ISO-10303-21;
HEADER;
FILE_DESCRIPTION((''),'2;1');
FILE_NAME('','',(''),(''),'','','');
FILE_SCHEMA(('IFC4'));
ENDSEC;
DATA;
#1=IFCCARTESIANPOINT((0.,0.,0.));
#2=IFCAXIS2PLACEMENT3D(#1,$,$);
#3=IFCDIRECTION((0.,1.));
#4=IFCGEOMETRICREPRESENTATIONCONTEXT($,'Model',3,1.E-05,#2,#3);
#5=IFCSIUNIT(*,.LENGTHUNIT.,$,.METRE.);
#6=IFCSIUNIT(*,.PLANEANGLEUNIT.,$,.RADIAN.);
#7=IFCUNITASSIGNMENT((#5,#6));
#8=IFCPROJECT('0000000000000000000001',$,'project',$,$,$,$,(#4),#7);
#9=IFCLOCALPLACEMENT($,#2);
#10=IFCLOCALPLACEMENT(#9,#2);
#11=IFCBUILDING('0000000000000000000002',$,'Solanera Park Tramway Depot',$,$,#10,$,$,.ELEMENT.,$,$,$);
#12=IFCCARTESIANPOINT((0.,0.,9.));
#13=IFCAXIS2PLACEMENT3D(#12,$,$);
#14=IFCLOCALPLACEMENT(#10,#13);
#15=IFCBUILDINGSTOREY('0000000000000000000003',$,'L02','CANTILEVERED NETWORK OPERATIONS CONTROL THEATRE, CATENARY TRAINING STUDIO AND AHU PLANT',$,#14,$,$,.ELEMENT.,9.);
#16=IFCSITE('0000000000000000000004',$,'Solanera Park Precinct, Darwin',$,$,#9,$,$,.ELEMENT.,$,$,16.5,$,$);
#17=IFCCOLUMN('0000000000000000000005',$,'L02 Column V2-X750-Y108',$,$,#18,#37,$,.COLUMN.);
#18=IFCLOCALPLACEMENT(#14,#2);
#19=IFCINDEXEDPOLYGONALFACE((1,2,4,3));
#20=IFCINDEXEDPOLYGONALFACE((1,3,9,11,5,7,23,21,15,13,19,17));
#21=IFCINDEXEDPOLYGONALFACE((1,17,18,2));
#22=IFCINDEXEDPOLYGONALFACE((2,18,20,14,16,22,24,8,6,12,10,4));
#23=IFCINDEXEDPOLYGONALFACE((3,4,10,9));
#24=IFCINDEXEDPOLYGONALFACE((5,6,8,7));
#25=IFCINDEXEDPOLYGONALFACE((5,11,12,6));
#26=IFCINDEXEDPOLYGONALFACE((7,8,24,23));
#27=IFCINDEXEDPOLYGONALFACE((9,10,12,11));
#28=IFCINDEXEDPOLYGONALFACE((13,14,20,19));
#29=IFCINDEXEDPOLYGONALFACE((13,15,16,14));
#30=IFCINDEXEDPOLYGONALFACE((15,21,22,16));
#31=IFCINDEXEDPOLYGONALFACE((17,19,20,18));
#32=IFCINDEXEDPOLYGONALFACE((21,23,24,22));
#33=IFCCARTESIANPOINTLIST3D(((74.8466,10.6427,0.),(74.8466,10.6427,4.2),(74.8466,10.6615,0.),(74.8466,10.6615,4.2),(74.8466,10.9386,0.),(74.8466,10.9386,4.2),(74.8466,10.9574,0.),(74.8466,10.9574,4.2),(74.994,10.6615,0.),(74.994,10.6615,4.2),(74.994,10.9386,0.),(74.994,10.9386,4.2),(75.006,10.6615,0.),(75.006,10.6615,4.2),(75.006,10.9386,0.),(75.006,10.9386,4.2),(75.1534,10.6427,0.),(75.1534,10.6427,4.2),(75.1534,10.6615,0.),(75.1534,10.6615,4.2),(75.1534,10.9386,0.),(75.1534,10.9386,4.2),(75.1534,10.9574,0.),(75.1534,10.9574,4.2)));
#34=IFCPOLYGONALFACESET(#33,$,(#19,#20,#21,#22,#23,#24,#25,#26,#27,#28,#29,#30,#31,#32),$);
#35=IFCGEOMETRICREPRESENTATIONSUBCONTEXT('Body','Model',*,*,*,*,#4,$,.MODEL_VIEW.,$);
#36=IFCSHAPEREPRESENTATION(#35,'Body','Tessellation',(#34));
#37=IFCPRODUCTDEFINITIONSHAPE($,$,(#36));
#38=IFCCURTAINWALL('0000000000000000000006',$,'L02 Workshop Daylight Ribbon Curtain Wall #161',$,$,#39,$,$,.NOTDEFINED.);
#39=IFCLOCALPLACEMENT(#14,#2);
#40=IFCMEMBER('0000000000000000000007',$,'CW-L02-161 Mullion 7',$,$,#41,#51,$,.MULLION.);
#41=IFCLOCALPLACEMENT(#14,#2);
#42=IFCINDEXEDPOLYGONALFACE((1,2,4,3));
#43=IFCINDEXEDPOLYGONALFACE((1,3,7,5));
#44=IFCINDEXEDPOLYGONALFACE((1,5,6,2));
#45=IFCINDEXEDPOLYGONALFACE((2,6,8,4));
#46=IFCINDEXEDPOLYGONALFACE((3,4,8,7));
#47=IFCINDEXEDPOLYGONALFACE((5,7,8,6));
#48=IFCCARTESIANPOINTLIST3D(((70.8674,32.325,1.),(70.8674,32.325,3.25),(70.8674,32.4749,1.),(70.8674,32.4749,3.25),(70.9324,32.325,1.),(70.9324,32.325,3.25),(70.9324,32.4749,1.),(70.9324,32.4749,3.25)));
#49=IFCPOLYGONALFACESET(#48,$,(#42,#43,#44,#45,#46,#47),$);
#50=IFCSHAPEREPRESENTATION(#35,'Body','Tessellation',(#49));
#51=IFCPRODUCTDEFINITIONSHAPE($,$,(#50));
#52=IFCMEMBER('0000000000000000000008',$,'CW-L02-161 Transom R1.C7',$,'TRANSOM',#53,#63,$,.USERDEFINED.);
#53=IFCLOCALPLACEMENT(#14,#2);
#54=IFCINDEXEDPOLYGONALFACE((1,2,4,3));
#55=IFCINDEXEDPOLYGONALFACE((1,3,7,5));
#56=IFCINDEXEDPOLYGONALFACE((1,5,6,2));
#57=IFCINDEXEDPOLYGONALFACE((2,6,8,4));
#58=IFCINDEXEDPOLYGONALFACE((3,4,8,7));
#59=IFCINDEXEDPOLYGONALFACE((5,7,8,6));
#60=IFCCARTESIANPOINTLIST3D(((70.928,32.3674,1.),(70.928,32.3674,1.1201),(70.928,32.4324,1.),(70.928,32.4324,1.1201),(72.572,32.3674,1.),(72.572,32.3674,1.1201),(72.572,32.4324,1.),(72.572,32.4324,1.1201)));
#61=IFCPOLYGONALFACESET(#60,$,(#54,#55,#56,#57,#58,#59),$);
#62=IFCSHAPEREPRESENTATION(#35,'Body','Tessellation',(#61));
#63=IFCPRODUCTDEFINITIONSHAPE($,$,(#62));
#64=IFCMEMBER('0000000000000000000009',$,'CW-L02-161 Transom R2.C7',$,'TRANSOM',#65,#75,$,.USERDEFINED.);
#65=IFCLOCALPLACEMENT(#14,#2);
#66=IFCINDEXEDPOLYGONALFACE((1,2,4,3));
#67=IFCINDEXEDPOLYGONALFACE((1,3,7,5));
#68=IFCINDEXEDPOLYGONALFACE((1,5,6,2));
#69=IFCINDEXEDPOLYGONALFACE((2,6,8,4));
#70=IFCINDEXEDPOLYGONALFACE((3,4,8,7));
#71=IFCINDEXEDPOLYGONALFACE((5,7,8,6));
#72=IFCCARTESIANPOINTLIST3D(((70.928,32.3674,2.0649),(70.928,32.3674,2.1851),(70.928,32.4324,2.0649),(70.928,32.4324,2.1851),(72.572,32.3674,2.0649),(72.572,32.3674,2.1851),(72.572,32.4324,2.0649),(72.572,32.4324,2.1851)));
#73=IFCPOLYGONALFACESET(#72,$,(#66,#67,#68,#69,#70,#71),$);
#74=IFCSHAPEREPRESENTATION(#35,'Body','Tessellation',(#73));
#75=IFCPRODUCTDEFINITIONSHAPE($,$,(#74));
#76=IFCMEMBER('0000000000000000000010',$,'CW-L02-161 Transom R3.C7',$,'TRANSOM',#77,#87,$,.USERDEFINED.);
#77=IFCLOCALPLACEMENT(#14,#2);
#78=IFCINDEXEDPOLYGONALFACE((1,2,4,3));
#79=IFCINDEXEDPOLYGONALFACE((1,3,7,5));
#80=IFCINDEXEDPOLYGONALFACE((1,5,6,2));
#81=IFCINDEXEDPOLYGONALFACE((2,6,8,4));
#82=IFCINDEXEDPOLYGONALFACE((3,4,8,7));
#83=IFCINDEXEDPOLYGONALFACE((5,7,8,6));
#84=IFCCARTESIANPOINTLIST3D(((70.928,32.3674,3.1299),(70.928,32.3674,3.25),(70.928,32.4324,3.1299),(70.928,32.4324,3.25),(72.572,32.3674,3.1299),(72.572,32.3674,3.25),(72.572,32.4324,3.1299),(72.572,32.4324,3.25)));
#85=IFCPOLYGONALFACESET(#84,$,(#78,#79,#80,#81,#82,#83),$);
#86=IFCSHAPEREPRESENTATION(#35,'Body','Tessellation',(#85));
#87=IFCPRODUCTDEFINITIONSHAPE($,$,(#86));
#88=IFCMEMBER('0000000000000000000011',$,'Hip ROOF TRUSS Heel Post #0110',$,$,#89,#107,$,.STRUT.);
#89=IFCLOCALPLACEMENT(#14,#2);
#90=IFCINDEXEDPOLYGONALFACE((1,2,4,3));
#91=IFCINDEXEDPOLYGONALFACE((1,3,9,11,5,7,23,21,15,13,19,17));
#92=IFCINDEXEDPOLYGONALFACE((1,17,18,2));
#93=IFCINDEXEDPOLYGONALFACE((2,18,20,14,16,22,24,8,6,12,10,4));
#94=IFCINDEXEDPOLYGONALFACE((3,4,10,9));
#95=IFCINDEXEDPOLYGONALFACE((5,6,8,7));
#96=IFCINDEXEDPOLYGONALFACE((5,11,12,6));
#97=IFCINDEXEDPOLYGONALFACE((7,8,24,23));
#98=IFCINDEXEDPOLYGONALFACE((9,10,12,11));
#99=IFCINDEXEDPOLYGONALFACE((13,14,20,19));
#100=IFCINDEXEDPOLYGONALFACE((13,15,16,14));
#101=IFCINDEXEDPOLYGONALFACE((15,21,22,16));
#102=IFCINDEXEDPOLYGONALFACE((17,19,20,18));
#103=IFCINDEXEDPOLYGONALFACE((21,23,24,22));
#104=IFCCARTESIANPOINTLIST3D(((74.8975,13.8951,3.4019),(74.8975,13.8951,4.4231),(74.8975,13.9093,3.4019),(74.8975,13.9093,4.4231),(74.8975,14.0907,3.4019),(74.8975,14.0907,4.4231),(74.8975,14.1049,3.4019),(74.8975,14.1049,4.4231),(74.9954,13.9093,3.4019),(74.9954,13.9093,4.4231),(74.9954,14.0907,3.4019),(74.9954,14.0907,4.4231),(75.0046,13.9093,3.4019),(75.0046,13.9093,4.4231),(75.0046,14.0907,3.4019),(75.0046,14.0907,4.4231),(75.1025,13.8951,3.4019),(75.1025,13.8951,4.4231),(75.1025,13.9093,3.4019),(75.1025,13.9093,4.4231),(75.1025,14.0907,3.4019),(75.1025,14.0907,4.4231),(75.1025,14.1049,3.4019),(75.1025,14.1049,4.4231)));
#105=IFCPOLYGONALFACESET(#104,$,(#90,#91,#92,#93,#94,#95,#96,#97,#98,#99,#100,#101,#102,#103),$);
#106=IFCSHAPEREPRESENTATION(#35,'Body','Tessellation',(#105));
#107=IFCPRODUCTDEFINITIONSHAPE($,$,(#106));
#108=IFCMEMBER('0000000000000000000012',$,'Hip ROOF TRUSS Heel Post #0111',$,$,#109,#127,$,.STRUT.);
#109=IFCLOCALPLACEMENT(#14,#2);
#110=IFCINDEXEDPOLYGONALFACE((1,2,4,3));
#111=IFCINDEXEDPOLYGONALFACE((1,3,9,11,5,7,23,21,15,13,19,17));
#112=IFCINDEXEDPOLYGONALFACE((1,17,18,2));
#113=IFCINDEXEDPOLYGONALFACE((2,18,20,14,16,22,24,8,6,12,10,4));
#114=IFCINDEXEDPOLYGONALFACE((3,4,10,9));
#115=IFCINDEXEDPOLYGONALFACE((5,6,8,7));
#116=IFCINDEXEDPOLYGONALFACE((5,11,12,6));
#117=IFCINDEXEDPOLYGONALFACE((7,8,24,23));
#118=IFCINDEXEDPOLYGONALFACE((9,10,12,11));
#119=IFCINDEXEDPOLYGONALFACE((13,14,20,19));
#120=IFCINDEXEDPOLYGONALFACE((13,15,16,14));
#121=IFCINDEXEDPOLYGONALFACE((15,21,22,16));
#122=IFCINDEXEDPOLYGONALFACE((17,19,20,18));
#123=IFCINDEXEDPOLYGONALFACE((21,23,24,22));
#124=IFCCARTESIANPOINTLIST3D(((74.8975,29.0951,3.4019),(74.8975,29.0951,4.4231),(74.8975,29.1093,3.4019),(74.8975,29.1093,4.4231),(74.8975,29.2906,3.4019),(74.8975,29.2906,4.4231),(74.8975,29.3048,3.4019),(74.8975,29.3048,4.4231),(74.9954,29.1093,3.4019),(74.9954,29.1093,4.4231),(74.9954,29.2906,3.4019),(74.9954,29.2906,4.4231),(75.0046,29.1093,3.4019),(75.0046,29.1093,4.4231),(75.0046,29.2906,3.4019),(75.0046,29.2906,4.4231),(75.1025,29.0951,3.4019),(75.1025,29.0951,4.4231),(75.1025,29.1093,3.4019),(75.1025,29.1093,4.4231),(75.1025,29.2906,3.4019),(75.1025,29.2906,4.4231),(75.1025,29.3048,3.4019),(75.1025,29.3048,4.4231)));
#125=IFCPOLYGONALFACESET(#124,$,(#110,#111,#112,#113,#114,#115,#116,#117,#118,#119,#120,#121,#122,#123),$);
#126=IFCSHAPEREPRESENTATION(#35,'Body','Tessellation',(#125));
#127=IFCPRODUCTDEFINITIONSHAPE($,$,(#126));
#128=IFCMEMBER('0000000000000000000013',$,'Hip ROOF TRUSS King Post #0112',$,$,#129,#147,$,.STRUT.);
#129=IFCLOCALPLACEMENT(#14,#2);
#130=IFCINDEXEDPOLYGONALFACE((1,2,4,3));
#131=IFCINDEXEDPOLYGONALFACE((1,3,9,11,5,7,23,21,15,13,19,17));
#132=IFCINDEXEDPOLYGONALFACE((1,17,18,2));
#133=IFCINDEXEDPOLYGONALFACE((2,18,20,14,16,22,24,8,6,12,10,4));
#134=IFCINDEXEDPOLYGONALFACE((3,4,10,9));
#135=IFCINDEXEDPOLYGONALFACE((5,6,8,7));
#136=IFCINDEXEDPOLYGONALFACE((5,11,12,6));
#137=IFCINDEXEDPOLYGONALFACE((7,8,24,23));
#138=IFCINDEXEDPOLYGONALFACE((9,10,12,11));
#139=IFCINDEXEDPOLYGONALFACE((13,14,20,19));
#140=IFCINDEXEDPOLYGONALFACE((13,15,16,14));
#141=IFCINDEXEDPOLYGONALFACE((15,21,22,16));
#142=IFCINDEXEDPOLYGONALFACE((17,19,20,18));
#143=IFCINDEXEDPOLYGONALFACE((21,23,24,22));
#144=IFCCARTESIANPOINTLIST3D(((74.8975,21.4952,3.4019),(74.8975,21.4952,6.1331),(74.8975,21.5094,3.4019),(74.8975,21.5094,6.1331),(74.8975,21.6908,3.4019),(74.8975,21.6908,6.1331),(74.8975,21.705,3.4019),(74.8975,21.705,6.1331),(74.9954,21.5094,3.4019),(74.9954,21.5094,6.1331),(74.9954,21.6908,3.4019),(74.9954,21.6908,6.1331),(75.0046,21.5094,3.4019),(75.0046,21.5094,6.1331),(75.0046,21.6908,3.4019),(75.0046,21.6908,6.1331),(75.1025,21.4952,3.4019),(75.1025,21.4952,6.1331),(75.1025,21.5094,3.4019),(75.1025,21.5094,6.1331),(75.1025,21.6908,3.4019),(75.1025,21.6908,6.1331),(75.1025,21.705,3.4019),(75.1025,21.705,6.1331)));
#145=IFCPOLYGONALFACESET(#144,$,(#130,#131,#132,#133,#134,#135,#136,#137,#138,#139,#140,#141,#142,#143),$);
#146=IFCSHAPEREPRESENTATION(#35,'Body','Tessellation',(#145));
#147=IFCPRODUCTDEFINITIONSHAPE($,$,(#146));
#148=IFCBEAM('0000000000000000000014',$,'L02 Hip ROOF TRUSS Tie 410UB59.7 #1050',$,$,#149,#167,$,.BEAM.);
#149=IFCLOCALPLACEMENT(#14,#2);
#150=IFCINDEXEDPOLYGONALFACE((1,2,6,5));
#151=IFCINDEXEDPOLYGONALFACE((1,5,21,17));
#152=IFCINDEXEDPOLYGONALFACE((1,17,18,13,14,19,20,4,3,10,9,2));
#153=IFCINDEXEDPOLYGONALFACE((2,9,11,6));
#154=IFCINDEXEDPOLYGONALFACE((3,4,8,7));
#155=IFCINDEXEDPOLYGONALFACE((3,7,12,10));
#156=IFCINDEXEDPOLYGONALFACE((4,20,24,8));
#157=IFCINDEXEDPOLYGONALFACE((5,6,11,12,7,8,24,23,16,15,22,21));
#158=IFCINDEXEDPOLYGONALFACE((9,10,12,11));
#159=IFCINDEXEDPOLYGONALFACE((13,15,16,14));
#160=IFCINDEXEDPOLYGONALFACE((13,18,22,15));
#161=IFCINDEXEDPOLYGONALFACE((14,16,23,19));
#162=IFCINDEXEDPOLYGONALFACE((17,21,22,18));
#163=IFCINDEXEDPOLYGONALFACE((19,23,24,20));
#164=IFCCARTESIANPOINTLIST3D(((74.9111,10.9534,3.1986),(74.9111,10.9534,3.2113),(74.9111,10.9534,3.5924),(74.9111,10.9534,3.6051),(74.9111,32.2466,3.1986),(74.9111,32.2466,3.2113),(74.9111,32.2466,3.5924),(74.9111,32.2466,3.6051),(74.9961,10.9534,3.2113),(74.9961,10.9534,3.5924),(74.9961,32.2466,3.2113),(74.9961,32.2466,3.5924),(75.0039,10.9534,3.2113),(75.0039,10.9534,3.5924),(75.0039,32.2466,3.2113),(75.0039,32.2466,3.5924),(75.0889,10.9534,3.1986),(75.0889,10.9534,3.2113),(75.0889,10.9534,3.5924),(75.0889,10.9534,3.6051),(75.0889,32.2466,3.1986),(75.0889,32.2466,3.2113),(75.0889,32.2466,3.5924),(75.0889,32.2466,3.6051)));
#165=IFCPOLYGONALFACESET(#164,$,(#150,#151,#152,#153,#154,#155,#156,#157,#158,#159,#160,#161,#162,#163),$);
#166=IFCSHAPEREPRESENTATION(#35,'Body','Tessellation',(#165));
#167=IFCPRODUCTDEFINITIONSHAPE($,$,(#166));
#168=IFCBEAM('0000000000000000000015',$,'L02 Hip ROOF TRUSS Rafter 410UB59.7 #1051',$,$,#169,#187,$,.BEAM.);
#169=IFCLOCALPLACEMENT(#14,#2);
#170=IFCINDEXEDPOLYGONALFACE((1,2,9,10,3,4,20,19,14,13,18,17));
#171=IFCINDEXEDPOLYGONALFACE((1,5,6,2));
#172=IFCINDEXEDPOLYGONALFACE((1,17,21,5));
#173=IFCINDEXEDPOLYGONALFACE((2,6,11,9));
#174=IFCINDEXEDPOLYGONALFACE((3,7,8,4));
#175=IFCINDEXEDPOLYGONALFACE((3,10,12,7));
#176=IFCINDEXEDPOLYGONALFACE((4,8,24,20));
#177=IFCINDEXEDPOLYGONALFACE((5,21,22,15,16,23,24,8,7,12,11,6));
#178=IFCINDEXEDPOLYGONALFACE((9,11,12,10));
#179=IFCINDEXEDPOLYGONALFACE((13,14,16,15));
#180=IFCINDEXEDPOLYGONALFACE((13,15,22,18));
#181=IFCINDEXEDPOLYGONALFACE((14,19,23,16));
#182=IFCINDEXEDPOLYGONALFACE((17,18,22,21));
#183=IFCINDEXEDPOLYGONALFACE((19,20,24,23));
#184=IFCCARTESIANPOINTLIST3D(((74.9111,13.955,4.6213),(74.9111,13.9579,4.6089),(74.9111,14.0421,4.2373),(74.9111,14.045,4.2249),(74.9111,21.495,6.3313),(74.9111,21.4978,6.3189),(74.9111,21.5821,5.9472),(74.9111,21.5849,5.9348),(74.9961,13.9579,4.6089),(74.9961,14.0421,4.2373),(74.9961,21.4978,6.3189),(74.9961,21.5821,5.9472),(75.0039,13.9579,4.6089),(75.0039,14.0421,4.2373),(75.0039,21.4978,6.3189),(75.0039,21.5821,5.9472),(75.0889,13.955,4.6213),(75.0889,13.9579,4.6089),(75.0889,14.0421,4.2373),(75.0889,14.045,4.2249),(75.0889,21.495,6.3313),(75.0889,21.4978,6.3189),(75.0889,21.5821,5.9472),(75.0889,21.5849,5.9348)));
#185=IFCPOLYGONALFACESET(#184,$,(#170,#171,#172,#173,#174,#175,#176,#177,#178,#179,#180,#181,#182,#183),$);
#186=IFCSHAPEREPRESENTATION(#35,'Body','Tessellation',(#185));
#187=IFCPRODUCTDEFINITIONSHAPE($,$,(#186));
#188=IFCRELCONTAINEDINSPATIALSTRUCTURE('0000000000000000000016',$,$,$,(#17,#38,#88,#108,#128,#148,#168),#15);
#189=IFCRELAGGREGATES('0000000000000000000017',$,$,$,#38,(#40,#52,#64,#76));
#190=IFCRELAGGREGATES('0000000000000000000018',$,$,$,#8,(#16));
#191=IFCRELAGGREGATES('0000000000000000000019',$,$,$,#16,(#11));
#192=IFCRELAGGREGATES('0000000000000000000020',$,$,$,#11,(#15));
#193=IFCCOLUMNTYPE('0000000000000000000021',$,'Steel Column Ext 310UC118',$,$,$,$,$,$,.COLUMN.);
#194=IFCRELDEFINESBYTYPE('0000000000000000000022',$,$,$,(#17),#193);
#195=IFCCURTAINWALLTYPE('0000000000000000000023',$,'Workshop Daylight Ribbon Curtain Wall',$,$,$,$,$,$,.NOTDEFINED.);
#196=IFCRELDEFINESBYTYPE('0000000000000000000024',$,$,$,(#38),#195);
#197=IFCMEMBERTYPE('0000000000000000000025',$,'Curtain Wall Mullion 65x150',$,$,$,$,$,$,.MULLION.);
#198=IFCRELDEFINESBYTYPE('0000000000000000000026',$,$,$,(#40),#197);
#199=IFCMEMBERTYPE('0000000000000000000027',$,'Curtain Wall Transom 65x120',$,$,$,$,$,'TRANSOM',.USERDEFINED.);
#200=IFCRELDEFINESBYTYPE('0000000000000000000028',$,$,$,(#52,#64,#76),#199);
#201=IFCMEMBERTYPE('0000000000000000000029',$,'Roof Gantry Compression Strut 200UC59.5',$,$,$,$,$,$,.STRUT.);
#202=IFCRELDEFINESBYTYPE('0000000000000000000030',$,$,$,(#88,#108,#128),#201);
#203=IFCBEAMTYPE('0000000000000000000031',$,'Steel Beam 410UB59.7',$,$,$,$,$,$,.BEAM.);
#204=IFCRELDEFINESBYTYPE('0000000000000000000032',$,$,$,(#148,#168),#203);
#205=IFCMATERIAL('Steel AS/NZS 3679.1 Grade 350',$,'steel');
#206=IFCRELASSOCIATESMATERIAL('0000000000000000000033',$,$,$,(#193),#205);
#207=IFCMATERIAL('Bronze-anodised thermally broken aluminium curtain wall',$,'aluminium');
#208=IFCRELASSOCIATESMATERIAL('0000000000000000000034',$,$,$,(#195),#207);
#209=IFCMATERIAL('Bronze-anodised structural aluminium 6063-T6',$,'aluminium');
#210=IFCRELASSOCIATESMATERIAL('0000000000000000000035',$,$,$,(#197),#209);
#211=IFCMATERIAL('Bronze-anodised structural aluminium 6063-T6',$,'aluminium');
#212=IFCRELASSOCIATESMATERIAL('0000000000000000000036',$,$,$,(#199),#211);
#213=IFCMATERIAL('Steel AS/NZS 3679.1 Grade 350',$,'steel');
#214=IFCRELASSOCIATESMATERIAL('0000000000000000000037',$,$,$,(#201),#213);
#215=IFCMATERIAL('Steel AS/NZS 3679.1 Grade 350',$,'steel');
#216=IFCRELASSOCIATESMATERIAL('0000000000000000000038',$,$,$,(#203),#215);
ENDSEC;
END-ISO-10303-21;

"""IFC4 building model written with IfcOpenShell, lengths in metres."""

from ifc_helpers import new_model, si_unit, direction, frame, origin, origin_2d, place, context, subcontext, project, spatial, rectangle, i_section, extrude, material, material_profile, profile_set, type_object, element, aggregate, save


model = new_model("IFC4")

# Units and contexts
model_context = context("Model", 3, precision=1e-05, world=origin(), true_north=direction((0.0, 1.0)))
body_context = subcontext(model_context, "Body", "Model", "MODEL_VIEW")
ifc_project = project(units=[si_unit("LENGTHUNIT", "METRE"), si_unit("PLANEANGLEUNIT", "RADIAN")], contexts=[model_context])

# Site, building, storey
site_placement = place(None, origin())
site = spatial("IfcSite", under=ifc_project, at=site_placement, Name="Solanera Park Precinct, Darwin", CompositionType="ELEMENT", RefElevation=16.5)
building_placement = place(site_placement, origin())
building = spatial("IfcBuilding", under=site, at=building_placement, Name="Solanera Park Tramway Depot", CompositionType="ELEMENT")
storey_placement = place(building_placement, frame((0.0, 0.0, 9.0)))
storey = spatial("IfcBuildingStorey", under=building, at=storey_placement, Name="L02", Description="CANTILEVERED NETWORK OPERATIONS CONTROL THEATRE, CATENARY TRAINING STUDIO AND AHU PLANT", CompositionType="ELEMENT", Elevation=9.0)

# Column
ifc_material_1 = material(Name="Steel AS/NZS 3679.1 Grade 350", Category="steel")
ifc_material_profile_1 = material_profile(ifc_material_1, i_section(OverallWidth=0.3069, OverallDepth=0.3147, WebThickness=0.012, FlangeThickness=0.0188, at=origin_2d()), Name="310UC118")
ifc_profile_set_1 = profile_set([ifc_material_profile_1], Name="Steel AS/NZS 3679.1 Grade 350")
column_type = type_object("IfcColumnType", Name="Steel Column Ext 310UC118", PredefinedType="COLUMN", material=ifc_profile_set_1)
column_placement = place(storey_placement, frame((75.0, 10.8, 0.0), z_axis=(0.0, 0.0, 1.0), x_axis=(1.0, 0.0, 0.0)))
element("IfcColumn", 1, at=column_placement, inside=storey, type_object=column_type, Name="L02 Column V2-X750-Y108", PredefinedType="COLUMN", context=body_context, shape_type="SweptSolid", body=[
    extrude(i_section(OverallWidth=0.3069, OverallDepth=0.3147, WebThickness=0.012, FlangeThickness=0.0188, at=origin_2d()), origin(), (0.0, 0.0, 1.0), 4.2),
])

# Curtain wall, members
ifc_material_2 = material(Name="Bronze-anodised thermally broken aluminium curtain wall", Category="aluminium")
curtain_wall_type = type_object("IfcCurtainWallType", Name="Workshop Daylight Ribbon Curtain Wall", PredefinedType="NOTDEFINED", material=ifc_material_2)
curtain_wall_placement = place(storey_placement, origin())
curtain_wall = element("IfcCurtainWall", 2, at=curtain_wall_placement, inside=storey, type_object=curtain_wall_type, Name="L02 Workshop Daylight Ribbon Curtain Wall #161", PredefinedType="NOTDEFINED")
ifc_material_3 = material(Name="Bronze-anodised structural aluminium 6063-T6", Category="aluminium")
ifc_material_profile_2 = material_profile(ifc_material_3, rectangle(XDim=0.0649, YDim=0.1499, at=origin_2d()), Name="Curtain Wall Mullion 65x150")
ifc_profile_set_2 = profile_set([ifc_material_profile_2], Name="Bronze-anodised structural aluminium 6063-T6")
member_type_1 = type_object("IfcMemberType", Name="Curtain Wall Mullion 65x150", PredefinedType="MULLION", material=ifc_profile_set_2)
member_1_placement = place(storey_placement, frame((70.8999, 32.3999, 1.0), z_axis=(0.0, 0.0, 1.0), x_axis=(1.0, 0.0, 0.0)))
member_1 = element("IfcMember", 3, at=member_1_placement, type_object=member_type_1, Name="CW-L02-161 Mullion 7", PredefinedType="MULLION", context=body_context, shape_type="SweptSolid", body=[
    extrude(rectangle(XDim=0.0649, YDim=0.1499, at=origin_2d()), origin(), (0.0, 0.0, 1.0), 2.25),
])
ifc_material_4 = material(Name="Bronze-anodised structural aluminium 6063-T6", Category="aluminium")
ifc_material_profile_3 = material_profile(ifc_material_4, rectangle(XDim=0.0649, YDim=0.1201, at=origin_2d()), Name="Curtain Wall Transom 65x120")
ifc_profile_set_3 = profile_set([ifc_material_profile_3], Name="Bronze-anodised structural aluminium 6063-T6")
member_type_2 = type_object("IfcMemberType", Name="Curtain Wall Transom 65x120", ElementType="TRANSOM", PredefinedType="USERDEFINED", material=ifc_profile_set_3)
member_2_placement = place(storey_placement, frame((70.928, 32.3999, 1.0601), z_axis=(1.0, 0.0, 0.0), x_axis=(0.0, 1.0, 0.0)))
member_2 = element("IfcMember", 4, at=member_2_placement, type_object=member_type_2, Name="CW-L02-161 Transom R1.C7", ObjectType="TRANSOM", PredefinedType="USERDEFINED", context=body_context, shape_type="SweptSolid", body=[
    extrude(rectangle(XDim=0.0649, YDim=0.1201, at=origin_2d()), origin(), (0.0, 0.0, 1.0), 1.644),
])
member_3_placement = place(storey_placement, frame((70.928, 32.3999, 2.125), z_axis=(1.0, 0.0, 0.0), x_axis=(0.0, 1.0, 0.0)))
member_3 = element("IfcMember", 5, at=member_3_placement, type_object=member_type_2, Name="CW-L02-161 Transom R2.C7", ObjectType="TRANSOM", PredefinedType="USERDEFINED", context=body_context, shape_type="SweptSolid", body=[
    extrude(rectangle(XDim=0.0649, YDim=0.1201, at=origin_2d()), origin(), (0.0, 0.0, 1.0), 1.644),
])
member_4_placement = place(storey_placement, frame((70.928, 32.3999, 3.1899), z_axis=(1.0, 0.0, 0.0), x_axis=(0.0, 1.0, 0.0)))
member_4 = element("IfcMember", 6, at=member_4_placement, type_object=member_type_2, Name="CW-L02-161 Transom R3.C7", ObjectType="TRANSOM", PredefinedType="USERDEFINED", context=body_context, shape_type="SweptSolid", body=[
    extrude(rectangle(XDim=0.0649, YDim=0.1201, at=origin_2d()), origin(), (0.0, 0.0, 1.0), 1.644),
])

# Members
ifc_material_5 = material(Name="Steel AS/NZS 3679.1 Grade 350", Category="steel")
ifc_material_profile_4 = material_profile(ifc_material_5, i_section(OverallWidth=0.2051, OverallDepth=0.2097, WebThickness=0.0093, FlangeThickness=0.0142, at=origin_2d()), Name="200UC59.5")
ifc_profile_set_4 = profile_set([ifc_material_profile_4], Name="Steel AS/NZS 3679.1 Grade 350")
member_type_3 = type_object("IfcMemberType", Name="Roof Gantry Compression Strut 200UC59.5", PredefinedType="STRUT", material=ifc_profile_set_4)
for number, where, z_axis, x_axis, name in (
    (7, (75.0, 14.0, 3.4019), (0.0, 0.0, 1.0), (1.0, 0.0, 0.0), "Hip ROOF TRUSS Heel Post #0110"),
    (8, (75.0, 29.2, 3.4019), (0.0, 0.0, 1.0), (1.0, 0.0, 0.0), "Hip ROOF TRUSS Heel Post #0111"),
):
    element("IfcMember", number, at=place(storey_placement, frame(where, z_axis=z_axis, x_axis=x_axis)), inside=storey, type_object=member_type_3, Name=name, PredefinedType="STRUT", context=body_context, shape_type="SweptSolid", body=[
        extrude(i_section(OverallWidth=0.2051, OverallDepth=0.2097, WebThickness=0.0093, FlangeThickness=0.0142, at=origin_2d()), origin(), (0.0, 0.0, 1.0), 1.0212),
    ])
member_5_placement = place(storey_placement, frame((75.0, 21.6001, 3.4019), z_axis=(0.0, 0.0, 1.0), x_axis=(1.0, 0.0, 0.0)))
element("IfcMember", 9, at=member_5_placement, inside=storey, type_object=member_type_3, Name="Hip ROOF TRUSS King Post #0112", PredefinedType="STRUT", context=body_context, shape_type="SweptSolid", body=[
    extrude(i_section(OverallWidth=0.2051, OverallDepth=0.2097, WebThickness=0.0093, FlangeThickness=0.0142, at=origin_2d()), origin(), (0.0, 0.0, 1.0), 2.7312),
])

# Beams
ifc_material_6 = material(Name="Steel AS/NZS 3679.1 Grade 350", Category="steel")
ifc_material_profile_5 = material_profile(ifc_material_6, i_section(OverallWidth=0.1777, OverallDepth=0.4065, WebThickness=0.0078, FlangeThickness=0.0127, at=origin_2d()), Name="410UB59.7")
ifc_profile_set_5 = profile_set([ifc_material_profile_5], Name="Steel AS/NZS 3679.1 Grade 350")
beam_type_1 = type_object("IfcBeamType", Name="Steel Beam 410UB59.7", PredefinedType="BEAM", material=ifc_profile_set_5)
beam_1_placement = place(storey_placement, frame((75.0, 10.9534, 3.4019), z_axis=(0.0, 1.0, 0.0), x_axis=(-1.0, 0.0, 0.0)))
element("IfcBeam", 10, at=beam_1_placement, inside=storey, type_object=beam_type_1, Name="L02 Hip ROOF TRUSS Tie 410UB59.7 #1050", PredefinedType="BEAM", context=body_context, shape_type="SweptSolid", body=[
    extrude(i_section(OverallWidth=0.1777, OverallDepth=0.4065, WebThickness=0.0078, FlangeThickness=0.0127, at=origin_2d()), origin(), (0.0, 0.0, 1.0), 21.2932),
])
for number, where, z_axis, x_axis, name in (
    (11, (75.0, 14.0, 4.4231), (0.0, 0.975236, 0.221168), (-1.0, 0.0, 0.0), "L02 Hip ROOF TRUSS Rafter 410UB59.7 #1051"),
):
    element("IfcBeam", number, at=place(storey_placement, frame(where, z_axis=z_axis, x_axis=x_axis)), inside=storey, type_object=beam_type_1, Name=name, PredefinedType="BEAM", context=body_context, shape_type="SweptSolid", body=[
        extrude(i_section(OverallWidth=0.1777, OverallDepth=0.4065, WebThickness=0.0078, FlangeThickness=0.0127, at=origin_2d()), origin(), (0.0, 0.0, 1.0), 7.7314),
    ])

aggregate(curtain_wall, [member_1, member_2, member_3, member_4])

save(model, "model.ifc")
